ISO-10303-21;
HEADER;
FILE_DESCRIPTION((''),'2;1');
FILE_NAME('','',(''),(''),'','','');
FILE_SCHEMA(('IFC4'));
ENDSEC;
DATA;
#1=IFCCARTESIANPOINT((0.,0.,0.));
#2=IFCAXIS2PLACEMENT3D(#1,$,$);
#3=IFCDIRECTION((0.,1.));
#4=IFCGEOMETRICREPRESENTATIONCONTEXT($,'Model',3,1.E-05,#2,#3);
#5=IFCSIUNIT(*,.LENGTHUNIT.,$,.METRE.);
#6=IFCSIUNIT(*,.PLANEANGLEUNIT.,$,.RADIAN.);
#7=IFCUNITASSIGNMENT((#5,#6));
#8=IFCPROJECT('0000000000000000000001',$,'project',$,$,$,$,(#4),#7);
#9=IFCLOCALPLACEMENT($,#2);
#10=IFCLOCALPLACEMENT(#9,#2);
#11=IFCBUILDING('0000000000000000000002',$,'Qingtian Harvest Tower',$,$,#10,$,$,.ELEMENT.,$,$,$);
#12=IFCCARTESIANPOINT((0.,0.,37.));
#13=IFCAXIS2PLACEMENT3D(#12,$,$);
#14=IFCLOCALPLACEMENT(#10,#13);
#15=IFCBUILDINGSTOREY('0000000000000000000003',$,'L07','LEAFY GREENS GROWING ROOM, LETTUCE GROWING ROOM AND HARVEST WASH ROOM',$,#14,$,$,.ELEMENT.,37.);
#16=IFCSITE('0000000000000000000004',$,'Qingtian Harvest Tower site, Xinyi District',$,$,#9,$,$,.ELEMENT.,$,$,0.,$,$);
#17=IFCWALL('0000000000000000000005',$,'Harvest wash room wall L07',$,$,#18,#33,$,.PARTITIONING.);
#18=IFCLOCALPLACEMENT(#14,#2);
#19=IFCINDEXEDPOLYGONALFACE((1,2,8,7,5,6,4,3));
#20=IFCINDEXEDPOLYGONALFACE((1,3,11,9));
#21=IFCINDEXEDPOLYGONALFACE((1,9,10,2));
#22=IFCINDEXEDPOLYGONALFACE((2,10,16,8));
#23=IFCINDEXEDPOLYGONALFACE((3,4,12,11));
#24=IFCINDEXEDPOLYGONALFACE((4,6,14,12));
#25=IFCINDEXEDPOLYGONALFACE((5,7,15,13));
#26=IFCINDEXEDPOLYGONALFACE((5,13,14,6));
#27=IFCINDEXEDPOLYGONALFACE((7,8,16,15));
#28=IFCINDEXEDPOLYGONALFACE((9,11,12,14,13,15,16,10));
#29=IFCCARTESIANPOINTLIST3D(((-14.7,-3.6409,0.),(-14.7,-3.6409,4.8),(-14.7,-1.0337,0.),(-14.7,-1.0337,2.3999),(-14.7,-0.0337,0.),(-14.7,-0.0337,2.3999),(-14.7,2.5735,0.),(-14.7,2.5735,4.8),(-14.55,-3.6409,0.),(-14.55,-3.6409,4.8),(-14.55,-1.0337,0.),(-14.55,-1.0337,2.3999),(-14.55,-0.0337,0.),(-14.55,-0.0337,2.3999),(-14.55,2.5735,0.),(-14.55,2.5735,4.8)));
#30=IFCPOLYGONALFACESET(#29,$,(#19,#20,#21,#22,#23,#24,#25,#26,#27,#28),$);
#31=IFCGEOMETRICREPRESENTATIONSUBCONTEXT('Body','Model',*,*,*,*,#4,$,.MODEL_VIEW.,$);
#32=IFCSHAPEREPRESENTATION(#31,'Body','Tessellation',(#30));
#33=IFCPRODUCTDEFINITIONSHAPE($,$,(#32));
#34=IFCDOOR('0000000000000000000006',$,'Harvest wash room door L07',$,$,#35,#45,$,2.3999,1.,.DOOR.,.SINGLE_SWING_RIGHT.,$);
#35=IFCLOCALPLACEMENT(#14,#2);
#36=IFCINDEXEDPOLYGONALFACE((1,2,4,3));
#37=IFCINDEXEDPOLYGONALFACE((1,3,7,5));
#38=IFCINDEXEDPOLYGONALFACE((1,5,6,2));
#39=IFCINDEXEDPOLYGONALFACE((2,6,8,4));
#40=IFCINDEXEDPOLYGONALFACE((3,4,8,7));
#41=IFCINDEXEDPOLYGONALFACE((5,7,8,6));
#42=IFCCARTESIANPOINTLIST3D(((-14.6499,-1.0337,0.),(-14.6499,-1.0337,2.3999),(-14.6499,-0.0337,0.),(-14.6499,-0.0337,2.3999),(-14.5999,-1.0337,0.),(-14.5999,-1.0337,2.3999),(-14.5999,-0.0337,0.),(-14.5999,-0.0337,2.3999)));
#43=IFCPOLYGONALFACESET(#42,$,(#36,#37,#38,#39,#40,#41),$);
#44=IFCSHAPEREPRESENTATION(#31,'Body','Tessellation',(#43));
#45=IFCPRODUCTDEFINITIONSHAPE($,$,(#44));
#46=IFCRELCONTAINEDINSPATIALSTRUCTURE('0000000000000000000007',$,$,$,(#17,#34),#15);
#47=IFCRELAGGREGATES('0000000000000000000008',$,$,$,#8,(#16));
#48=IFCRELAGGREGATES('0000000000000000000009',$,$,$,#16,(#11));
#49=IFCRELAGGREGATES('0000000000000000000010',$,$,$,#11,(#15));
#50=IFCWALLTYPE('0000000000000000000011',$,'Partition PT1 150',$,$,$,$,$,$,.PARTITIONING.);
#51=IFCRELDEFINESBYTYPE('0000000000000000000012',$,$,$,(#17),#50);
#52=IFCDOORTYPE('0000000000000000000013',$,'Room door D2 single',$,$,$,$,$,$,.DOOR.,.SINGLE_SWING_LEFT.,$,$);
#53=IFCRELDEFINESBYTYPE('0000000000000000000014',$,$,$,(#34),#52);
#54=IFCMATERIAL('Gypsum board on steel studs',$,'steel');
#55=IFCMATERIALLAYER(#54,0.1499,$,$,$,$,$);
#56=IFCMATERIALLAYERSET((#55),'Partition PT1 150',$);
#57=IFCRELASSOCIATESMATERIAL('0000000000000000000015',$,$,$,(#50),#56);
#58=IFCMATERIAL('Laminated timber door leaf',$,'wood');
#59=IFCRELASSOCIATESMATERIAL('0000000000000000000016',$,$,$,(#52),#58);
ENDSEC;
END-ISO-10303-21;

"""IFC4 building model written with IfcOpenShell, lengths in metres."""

from ifc_helpers import new_model, si_unit, direction, frame, frame_2d, origin, place, context, subcontext, project, spatial, rectangle, extrude, material, layer, layer_set, type_object, element, fill, save


model = new_model("IFC4")

# Units and contexts
model_context = context("Model", 3, precision=1e-05, world=origin(), true_north=direction((0.0, 1.0)))
body_context = subcontext(model_context, "Body", "Model", "MODEL_VIEW")
ifc_project = project(units=[si_unit("LENGTHUNIT", "METRE"), si_unit("PLANEANGLEUNIT", "RADIAN")], contexts=[model_context])

# Site, building, storey
site_placement = place(None, origin())
site = spatial("IfcSite", under=ifc_project, at=site_placement, Name="Qingtian Harvest Tower site, Xinyi District", CompositionType="ELEMENT", RefElevation=0.0)
building_placement = place(site_placement, origin())
building = spatial("IfcBuilding", under=site, at=building_placement, Name="Qingtian Harvest Tower", CompositionType="ELEMENT")
storey_placement = place(building_placement, frame((0.0, 0.0, 37.0)))
storey = spatial("IfcBuildingStorey", under=building, at=storey_placement, Name="L07", Description="LEAFY GREENS GROWING ROOM, LETTUCE GROWING ROOM AND HARVEST WASH ROOM", CompositionType="ELEMENT", Elevation=37.0)

# Wall, opening, door
ifc_material_1 = material(Name="Gypsum board on steel studs", Category="steel")
ifc_layer_1 = layer(ifc_material_1, 0.1499)
ifc_layer_set_1 = layer_set([ifc_layer_1], Name="Partition PT1 150")
wall_type_1 = type_object("IfcWallType", Name="Partition PT1 150", PredefinedType="PARTITIONING", material=ifc_layer_set_1)
ifc_material_2 = material(Name="Laminated timber door leaf", Category="wood")
door_type_1 = type_object("IfcDoorType", Name="Room door D2 single", OperationType="SINGLE_SWING_LEFT", PredefinedType="DOOR", material=ifc_material_2)
wall_1_placement = place(storey_placement, frame((-14.625, -3.6409, 0.0), z_axis=(0.0, 0.0, 1.0), x_axis=(0.0, 1.0, 0.0)))
wall_1 = element("IfcWall", 1, at=wall_1_placement, inside=storey, type_object=wall_type_1, Name="Harvest wash room wall L07", PredefinedType="PARTITIONING", context=body_context, shape_type="SweptSolid", body=[
    extrude(rectangle(XDim=6.2144, YDim=0.1499, at=frame_2d((3.1072, 0.0))), origin(), (0.0, 0.0, 1.0), 4.8),
])
opening_1_placement = place(wall_1_placement, frame((2.6072, 0.0, 0.0)))
opening_1 = element("IfcOpeningElement", 2, at=opening_1_placement, cuts=wall_1, PredefinedType="OPENING", context=body_context, shape_type="SweptSolid", body=[
    extrude(rectangle(XDim=1.0, YDim=2.3999, at=frame_2d((0.5, 1.2))), frame((0.0, 0.085, 0.0), z_axis=(0.0, -1.0, 0.0), x_axis=(1.0, 0.0, 0.0)), (0.0, 0.0, 1.0), 0.1699),
])
door_1_placement = place(opening_1_placement, origin())
door_1 = element("IfcDoor", 3, at=door_1_placement, inside=storey, type_object=door_type_1, Name="Harvest wash room door L07", OperationType="SINGLE_SWING_RIGHT", OverallHeight=2.3999, OverallWidth=1.0, PredefinedType="DOOR", context=body_context, shape_type="SweptSolid", body=[
    extrude(rectangle(XDim=1.0, YDim=2.3999, at=frame_2d((0.5, 1.2))), frame((0.0, 0.0249, 0.0), z_axis=(0.0, -1.0, 0.0), x_axis=(1.0, 0.0, 0.0)), (0.0, 0.0, 1.0), 0.05),
])
fill(opening_1, door_1)

save(model, "model.ifc")
